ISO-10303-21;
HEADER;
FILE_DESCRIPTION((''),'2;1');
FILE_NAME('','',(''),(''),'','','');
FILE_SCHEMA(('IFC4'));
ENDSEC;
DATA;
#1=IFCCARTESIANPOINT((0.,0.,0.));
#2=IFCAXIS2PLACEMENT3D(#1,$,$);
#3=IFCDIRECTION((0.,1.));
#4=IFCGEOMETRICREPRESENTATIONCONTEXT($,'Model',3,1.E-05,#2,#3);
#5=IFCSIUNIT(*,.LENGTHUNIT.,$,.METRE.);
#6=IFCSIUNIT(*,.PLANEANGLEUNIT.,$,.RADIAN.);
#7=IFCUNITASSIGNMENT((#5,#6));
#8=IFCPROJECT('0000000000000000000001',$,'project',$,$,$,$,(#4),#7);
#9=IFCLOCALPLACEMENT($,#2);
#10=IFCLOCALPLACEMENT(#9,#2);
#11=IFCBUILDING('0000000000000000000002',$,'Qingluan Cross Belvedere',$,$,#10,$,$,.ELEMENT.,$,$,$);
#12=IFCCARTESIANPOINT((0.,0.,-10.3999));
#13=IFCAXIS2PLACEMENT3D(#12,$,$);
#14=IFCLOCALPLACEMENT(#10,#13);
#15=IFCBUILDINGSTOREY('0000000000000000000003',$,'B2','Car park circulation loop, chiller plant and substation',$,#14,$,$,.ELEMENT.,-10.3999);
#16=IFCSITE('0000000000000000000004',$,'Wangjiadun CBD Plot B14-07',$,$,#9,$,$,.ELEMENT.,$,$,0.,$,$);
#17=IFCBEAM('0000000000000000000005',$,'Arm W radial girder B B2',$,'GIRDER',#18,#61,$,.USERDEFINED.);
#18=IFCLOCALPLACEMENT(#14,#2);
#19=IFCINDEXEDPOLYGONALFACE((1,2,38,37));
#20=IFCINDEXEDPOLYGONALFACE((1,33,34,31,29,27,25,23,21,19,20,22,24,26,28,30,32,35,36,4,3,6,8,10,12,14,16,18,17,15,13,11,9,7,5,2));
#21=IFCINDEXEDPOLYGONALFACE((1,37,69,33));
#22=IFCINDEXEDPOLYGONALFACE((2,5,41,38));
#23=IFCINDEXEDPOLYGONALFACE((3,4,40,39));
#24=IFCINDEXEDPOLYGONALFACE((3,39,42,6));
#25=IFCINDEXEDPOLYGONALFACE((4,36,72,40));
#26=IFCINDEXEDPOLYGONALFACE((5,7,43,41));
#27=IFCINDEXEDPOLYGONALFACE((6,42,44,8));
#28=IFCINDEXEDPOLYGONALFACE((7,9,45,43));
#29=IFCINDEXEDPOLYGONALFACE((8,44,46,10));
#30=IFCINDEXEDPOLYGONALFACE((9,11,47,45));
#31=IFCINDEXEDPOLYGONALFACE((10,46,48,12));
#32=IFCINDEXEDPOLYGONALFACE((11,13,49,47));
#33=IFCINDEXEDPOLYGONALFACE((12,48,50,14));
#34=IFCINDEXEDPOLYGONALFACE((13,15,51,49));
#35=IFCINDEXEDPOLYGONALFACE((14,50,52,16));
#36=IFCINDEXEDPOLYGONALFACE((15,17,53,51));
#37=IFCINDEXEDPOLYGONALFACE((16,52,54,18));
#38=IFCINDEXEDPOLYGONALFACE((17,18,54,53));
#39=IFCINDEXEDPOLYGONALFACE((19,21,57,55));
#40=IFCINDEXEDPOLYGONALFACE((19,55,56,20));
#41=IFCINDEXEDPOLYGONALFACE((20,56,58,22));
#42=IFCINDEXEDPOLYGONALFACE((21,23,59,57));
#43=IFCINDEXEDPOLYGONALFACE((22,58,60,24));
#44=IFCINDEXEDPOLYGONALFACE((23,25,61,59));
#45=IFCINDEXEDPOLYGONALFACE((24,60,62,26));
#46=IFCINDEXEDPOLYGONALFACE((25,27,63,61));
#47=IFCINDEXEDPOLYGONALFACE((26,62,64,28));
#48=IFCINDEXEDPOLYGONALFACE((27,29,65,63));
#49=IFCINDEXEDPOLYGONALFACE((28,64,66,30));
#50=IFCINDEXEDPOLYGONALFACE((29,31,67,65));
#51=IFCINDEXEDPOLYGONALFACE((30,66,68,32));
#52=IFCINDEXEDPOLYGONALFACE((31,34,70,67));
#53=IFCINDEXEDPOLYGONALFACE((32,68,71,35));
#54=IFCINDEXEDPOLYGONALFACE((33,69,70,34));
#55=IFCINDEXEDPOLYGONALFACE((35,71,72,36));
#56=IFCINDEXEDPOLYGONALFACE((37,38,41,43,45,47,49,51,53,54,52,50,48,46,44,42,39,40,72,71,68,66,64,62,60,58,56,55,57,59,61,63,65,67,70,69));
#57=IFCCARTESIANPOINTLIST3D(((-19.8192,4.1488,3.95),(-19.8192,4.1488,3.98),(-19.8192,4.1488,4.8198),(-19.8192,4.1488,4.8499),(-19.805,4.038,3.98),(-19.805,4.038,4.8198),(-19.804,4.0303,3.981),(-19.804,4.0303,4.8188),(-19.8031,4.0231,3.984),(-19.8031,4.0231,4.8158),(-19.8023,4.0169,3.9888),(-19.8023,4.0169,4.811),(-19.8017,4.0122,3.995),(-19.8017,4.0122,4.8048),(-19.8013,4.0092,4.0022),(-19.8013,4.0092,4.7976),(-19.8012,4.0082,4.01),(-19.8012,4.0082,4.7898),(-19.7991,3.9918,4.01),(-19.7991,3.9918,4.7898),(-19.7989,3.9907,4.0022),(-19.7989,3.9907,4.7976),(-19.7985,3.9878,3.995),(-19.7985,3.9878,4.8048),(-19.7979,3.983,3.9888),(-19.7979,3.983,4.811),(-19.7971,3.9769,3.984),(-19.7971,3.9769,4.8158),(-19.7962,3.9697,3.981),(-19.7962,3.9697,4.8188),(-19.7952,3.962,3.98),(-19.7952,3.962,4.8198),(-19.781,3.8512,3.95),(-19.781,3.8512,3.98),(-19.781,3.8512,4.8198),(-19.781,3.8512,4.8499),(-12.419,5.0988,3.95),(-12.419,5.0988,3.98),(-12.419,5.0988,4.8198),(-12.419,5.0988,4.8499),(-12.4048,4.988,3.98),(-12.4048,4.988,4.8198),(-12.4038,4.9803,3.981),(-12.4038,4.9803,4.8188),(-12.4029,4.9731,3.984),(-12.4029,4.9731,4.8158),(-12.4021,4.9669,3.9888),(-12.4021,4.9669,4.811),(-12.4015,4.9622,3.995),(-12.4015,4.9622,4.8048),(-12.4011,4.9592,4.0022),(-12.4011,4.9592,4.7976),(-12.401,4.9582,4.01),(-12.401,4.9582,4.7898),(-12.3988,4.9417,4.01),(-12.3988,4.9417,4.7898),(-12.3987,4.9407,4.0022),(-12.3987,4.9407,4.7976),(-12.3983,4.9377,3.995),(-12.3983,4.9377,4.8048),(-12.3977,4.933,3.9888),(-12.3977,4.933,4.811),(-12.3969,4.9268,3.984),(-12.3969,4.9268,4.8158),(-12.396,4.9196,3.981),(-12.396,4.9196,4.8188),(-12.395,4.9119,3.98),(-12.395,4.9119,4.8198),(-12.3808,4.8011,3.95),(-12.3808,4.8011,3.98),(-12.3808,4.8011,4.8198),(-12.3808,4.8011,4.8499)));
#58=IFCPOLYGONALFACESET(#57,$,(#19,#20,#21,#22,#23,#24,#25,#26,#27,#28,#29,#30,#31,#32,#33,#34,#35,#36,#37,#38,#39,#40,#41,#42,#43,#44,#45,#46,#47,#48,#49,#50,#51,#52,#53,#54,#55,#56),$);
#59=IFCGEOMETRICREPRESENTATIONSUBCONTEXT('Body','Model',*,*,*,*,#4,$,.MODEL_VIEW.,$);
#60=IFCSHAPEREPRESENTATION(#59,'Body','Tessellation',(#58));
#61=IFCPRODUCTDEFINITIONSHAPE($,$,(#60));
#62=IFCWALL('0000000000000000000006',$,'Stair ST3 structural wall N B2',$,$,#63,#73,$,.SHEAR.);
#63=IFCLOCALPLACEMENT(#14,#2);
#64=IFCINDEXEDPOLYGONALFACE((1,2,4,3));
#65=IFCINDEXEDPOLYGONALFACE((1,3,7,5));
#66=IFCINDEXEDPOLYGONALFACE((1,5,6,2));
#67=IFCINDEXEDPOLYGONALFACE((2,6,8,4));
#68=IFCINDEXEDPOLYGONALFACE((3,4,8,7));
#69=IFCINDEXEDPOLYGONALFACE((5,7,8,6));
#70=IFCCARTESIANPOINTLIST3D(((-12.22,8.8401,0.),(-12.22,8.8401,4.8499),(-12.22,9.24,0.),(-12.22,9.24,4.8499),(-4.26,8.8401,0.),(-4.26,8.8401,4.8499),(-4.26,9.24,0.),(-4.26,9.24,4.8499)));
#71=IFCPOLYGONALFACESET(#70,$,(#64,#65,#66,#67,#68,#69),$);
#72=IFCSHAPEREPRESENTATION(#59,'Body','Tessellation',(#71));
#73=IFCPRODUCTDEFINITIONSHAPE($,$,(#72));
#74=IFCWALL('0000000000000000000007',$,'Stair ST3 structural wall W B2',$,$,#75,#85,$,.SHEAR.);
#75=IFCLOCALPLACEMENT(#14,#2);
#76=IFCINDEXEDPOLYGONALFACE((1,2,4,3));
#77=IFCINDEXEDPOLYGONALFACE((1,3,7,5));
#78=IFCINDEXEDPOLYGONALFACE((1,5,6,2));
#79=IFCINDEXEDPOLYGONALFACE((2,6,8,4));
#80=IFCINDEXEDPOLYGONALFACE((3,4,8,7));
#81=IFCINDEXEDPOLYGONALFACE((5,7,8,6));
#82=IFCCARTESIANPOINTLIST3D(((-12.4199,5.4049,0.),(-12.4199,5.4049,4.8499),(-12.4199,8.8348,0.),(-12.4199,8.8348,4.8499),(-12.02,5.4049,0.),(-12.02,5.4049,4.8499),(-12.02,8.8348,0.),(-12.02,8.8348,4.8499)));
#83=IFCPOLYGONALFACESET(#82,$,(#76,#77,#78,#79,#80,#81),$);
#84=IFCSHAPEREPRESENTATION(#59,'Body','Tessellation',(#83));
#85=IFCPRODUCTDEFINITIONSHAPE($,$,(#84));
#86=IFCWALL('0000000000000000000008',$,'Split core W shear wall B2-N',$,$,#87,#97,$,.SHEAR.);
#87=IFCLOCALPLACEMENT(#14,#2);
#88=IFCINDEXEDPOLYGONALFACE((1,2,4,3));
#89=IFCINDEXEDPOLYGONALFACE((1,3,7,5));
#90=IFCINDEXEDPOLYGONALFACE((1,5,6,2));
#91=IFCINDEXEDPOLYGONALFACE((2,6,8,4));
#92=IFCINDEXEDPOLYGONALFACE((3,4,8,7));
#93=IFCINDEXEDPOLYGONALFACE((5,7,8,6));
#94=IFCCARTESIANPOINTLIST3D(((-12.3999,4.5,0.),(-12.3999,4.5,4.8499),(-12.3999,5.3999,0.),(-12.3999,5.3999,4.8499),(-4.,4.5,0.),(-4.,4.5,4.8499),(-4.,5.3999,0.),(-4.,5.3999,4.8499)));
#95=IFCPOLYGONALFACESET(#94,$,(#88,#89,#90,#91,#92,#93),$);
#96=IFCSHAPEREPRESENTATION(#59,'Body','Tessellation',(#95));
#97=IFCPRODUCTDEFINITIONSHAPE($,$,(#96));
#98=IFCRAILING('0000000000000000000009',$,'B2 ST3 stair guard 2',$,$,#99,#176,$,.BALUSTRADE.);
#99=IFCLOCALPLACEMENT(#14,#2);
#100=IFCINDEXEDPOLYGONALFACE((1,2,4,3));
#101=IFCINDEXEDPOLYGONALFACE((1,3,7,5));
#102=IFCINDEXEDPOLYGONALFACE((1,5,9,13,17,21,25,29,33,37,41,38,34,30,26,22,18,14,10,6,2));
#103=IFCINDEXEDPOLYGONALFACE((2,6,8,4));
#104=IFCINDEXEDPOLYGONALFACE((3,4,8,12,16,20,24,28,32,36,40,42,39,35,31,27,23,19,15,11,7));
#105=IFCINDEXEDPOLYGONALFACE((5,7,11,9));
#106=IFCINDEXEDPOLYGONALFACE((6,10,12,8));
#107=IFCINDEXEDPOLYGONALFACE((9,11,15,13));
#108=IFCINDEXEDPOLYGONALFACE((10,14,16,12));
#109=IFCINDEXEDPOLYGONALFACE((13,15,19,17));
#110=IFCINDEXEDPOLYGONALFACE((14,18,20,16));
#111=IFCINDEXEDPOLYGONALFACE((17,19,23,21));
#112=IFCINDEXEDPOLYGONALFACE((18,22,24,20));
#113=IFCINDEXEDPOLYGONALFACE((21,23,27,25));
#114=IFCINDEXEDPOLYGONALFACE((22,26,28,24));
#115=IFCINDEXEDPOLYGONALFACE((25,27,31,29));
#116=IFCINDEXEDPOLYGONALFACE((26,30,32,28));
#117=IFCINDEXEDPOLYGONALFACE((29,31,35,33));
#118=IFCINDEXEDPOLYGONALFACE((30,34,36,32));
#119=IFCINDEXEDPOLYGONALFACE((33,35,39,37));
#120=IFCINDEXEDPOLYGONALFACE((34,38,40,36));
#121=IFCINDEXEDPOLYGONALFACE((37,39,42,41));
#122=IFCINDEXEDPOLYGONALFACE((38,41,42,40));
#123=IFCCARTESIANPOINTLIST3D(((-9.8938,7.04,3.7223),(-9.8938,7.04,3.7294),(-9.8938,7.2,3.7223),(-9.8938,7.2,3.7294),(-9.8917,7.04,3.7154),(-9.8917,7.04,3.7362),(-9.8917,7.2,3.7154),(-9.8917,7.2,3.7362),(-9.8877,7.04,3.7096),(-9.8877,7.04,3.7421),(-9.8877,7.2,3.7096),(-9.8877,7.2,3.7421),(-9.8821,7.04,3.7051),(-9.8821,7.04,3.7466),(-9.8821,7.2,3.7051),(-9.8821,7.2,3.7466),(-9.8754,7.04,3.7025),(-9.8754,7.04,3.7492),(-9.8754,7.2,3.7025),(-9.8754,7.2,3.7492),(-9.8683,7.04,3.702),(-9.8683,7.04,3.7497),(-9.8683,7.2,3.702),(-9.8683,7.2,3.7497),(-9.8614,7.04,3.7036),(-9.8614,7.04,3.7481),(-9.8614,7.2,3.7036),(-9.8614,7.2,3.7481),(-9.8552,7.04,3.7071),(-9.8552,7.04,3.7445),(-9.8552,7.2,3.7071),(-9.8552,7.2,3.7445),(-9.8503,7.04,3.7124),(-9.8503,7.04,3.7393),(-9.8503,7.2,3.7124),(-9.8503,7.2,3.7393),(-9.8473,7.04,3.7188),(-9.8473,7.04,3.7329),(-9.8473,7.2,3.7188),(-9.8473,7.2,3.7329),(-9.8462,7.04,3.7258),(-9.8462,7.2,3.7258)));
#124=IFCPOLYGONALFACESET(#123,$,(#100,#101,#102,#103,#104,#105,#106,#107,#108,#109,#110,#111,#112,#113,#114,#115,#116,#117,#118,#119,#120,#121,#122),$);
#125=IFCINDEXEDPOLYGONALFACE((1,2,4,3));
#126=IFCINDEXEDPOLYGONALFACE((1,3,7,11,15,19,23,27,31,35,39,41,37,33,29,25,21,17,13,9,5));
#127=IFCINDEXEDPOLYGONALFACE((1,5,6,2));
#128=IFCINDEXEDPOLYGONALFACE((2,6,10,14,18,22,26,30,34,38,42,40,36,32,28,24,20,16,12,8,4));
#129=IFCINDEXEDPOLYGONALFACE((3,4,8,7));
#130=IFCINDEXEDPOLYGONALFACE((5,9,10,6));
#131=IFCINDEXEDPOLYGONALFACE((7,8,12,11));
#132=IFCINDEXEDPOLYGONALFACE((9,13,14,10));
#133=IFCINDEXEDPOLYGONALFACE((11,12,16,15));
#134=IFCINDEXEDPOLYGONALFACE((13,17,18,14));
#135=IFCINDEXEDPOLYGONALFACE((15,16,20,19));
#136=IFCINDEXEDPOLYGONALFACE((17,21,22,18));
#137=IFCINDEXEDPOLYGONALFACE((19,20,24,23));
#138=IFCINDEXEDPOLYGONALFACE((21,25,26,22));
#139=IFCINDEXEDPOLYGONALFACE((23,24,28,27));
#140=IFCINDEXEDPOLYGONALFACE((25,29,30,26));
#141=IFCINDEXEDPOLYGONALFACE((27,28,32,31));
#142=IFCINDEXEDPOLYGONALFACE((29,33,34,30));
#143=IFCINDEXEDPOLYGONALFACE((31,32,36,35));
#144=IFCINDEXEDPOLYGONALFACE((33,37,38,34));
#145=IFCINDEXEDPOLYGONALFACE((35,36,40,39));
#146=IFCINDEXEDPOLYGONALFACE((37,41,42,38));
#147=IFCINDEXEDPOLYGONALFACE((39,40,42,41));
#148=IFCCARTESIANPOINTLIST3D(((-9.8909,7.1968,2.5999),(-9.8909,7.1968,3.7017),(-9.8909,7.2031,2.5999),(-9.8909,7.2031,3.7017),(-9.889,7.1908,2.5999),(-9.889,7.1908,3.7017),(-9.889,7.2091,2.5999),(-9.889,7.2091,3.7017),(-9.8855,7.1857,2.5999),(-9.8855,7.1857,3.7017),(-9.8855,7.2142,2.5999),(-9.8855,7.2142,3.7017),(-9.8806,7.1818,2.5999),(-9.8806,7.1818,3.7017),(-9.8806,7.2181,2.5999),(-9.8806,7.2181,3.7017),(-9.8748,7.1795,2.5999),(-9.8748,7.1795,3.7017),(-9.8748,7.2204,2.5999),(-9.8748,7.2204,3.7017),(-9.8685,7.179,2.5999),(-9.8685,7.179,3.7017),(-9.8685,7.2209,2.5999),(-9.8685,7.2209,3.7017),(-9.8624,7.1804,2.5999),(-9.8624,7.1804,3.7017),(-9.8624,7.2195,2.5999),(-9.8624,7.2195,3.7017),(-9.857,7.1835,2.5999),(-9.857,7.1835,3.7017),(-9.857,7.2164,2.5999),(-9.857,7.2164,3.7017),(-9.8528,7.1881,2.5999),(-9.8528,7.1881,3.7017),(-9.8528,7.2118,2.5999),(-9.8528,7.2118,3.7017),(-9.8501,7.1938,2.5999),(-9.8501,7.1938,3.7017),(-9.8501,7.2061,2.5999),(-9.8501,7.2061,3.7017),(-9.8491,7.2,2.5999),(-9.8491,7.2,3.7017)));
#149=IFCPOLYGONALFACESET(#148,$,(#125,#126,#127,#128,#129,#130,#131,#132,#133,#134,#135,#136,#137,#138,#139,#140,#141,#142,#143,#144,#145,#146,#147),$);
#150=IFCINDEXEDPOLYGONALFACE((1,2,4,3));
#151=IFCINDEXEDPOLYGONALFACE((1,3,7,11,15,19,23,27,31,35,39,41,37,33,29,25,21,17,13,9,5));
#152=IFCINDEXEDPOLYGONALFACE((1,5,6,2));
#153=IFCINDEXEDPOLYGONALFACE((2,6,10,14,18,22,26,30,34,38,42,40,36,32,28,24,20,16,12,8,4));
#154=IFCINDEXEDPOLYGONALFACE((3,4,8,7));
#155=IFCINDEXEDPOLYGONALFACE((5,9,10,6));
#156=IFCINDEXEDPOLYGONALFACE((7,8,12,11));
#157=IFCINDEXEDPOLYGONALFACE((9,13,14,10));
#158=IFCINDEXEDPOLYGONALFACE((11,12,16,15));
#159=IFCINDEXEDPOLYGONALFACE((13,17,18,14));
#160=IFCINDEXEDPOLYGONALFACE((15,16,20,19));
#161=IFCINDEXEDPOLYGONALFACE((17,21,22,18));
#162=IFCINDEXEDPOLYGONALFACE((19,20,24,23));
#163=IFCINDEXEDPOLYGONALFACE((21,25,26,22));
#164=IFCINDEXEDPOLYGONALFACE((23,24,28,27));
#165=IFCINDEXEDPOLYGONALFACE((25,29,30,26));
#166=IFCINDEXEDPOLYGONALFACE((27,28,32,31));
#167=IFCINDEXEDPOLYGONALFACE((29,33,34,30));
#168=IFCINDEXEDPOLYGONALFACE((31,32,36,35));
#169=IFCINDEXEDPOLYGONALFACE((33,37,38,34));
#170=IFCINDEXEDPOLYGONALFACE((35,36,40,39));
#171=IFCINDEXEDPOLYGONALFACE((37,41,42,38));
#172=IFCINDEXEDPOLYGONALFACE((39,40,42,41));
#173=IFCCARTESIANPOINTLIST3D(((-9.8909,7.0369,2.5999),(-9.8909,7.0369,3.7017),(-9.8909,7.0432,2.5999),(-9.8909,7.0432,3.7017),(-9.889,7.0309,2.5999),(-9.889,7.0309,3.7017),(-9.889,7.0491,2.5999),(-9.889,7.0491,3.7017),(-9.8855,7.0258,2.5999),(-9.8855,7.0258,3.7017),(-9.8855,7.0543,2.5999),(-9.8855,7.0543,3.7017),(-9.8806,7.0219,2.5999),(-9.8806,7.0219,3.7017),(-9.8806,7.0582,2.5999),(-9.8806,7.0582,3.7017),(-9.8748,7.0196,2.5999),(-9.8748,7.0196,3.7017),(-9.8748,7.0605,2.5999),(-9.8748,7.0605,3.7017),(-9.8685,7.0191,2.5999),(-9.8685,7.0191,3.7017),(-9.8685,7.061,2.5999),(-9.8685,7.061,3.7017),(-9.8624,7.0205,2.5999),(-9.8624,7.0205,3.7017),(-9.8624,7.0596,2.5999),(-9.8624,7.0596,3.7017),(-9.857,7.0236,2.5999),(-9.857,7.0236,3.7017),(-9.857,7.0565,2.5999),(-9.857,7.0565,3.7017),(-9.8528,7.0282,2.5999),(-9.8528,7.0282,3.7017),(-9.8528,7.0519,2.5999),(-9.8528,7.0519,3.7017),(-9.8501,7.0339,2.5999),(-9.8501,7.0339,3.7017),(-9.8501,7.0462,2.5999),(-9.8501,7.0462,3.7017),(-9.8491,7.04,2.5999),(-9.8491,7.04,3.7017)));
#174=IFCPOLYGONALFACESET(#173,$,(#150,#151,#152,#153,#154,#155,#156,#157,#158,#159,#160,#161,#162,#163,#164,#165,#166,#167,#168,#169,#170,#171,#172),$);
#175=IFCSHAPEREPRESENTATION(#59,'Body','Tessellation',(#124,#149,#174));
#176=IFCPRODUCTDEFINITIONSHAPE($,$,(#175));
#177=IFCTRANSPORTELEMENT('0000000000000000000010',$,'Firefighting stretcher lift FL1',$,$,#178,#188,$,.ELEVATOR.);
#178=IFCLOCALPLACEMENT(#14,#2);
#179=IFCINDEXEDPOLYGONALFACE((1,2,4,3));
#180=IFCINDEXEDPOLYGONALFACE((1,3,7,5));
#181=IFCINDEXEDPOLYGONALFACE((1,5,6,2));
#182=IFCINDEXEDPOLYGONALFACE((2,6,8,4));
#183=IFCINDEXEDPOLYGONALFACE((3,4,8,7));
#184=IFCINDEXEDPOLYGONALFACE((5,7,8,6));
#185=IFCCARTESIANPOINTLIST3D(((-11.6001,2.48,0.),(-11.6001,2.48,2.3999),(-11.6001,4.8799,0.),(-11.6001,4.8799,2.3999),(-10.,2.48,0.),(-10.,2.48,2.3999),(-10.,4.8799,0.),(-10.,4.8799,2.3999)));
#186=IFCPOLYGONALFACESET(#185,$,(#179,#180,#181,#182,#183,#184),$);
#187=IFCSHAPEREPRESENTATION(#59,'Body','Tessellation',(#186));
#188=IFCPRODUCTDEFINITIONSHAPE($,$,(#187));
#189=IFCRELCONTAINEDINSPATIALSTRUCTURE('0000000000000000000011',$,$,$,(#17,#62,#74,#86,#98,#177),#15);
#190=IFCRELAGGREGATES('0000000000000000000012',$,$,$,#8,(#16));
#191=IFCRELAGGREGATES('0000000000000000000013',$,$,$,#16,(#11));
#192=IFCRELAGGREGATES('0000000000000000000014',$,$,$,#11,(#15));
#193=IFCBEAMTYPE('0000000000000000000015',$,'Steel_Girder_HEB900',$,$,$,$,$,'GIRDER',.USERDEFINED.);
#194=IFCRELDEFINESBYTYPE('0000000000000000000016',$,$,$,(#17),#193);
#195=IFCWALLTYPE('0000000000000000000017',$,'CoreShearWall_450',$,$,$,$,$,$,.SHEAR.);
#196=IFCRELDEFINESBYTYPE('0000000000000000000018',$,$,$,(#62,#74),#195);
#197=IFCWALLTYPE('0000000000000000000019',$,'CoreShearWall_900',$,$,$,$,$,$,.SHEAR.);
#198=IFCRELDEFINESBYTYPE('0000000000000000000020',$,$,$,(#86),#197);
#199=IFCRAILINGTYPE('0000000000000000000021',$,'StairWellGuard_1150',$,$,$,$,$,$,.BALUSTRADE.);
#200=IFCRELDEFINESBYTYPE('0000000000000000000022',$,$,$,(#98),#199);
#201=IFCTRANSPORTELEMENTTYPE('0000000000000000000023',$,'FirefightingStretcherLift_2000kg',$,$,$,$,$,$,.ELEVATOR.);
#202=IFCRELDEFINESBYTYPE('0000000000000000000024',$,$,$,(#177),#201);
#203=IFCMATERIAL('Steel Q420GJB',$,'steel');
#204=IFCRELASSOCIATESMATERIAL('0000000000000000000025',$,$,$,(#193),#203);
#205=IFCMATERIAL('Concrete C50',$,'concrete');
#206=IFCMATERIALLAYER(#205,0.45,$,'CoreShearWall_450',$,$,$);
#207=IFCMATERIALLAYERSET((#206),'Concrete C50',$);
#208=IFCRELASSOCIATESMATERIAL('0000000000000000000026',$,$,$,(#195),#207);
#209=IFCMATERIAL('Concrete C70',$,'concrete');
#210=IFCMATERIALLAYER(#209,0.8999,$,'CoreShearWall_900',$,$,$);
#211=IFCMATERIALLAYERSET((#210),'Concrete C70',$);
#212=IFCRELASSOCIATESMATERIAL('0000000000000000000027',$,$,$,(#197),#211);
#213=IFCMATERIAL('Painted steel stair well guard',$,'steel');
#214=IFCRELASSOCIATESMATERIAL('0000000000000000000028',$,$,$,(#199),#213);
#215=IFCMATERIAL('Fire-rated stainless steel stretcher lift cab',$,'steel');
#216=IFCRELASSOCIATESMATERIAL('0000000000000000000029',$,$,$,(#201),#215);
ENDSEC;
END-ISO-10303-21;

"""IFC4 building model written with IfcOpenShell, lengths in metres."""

from ifc_helpers import new_model, si_unit, direction, frame, frame_2d, origin, origin_2d, place, context, subcontext, project, spatial, rectangle, circle, i_section, extrude, material, layer, layer_set, material_profile, profile_set, type_object, element, save


model = new_model("IFC4")

# Units and contexts
model_context = context("Model", 3, precision=1e-05, world=origin(), true_north=direction((0.0, 1.0)))
body_context = subcontext(model_context, "Body", "Model", "MODEL_VIEW")
ifc_project = project(units=[si_unit("LENGTHUNIT", "METRE"), si_unit("PLANEANGLEUNIT", "RADIAN")], contexts=[model_context])

# Site, building, storey
site_placement = place(None, origin())
site = spatial("IfcSite", under=ifc_project, at=site_placement, Name="Wangjiadun CBD Plot B14-07", CompositionType="ELEMENT", RefElevation=0.0)
building_placement = place(site_placement, origin())
building = spatial("IfcBuilding", under=site, at=building_placement, Name="Qingluan Cross Belvedere", CompositionType="ELEMENT")
storey_placement = place(building_placement, frame((0.0, 0.0, -10.3999)))
storey = spatial("IfcBuildingStorey", under=building, at=storey_placement, Name="B2", Description="Car park circulation loop, chiller plant and substation", CompositionType="ELEMENT", Elevation=-10.3999)

# Beam
ifc_material_1 = material(Name="Steel Q420GJB", Category="steel")
ifc_material_profile_1 = material_profile(ifc_material_1, i_section(OverallWidth=0.3, OverallDepth=0.8999, WebThickness=0.0166, FlangeThickness=0.03, FilletRadius=0.03, at=origin_2d()), Name="HEB900")
ifc_profile_set_1 = profile_set([ifc_material_profile_1], Name="Steel Q420GJB")
beam_type_1 = type_object("IfcBeamType", Name="Steel_Girder_HEB900", ElementType="GIRDER", PredefinedType="USERDEFINED", material=ifc_profile_set_1)
beam_1_placement = place(storey_placement, frame((-12.3999, 4.95, 4.3999), z_axis=(-0.991861, -0.127324, 0.0), x_axis=(0.127324, -0.991861, 0.0)))
element("IfcBeam", 1, at=beam_1_placement, inside=storey, type_object=beam_type_1, Name="Arm W radial girder B B2", ObjectType="GIRDER", PredefinedType="USERDEFINED", context=body_context, shape_type="SweptSolid", body=[
    extrude(i_section(OverallWidth=0.3, OverallDepth=0.8999, WebThickness=0.0166, FlangeThickness=0.03, FilletRadius=0.03, at=origin_2d()), origin(), (0.0, 0.0, 1.0), 7.4609),
])

# Walls
ifc_material_2 = material(Name="Concrete C50", Category="concrete")
ifc_layer_1 = layer(ifc_material_2, 0.45, Name="CoreShearWall_450")
ifc_layer_set_1 = layer_set([ifc_layer_1], Name="Concrete C50")
wall_type_1 = type_object("IfcWallType", Name="CoreShearWall_450", PredefinedType="SHEAR", material=ifc_layer_set_1)
wall_1_placement = place(storey_placement, frame((-12.22, 9.04, 0.0), z_axis=(0.0, 0.0, 1.0), x_axis=(1.0, 0.0, 0.0)))
element("IfcWall", 2, at=wall_1_placement, inside=storey, type_object=wall_type_1, Name="Stair ST3 structural wall N B2", PredefinedType="SHEAR", context=body_context, shape_type="SweptSolid", body=[
    extrude(rectangle(XDim=7.96, YDim=0.3999, at=frame_2d((3.98, 0.0))), origin(), (0.0, 0.0, 1.0), 4.8499),
])
wall_2_placement = place(storey_placement, frame((-12.22, 5.405, 0.0), z_axis=(0.0, 0.0, 1.0), x_axis=(0.0, 1.0, 0.0)))
element("IfcWall", 3, at=wall_2_placement, inside=storey, type_object=wall_type_1, Name="Stair ST3 structural wall W B2", PredefinedType="SHEAR", context=body_context, shape_type="SweptSolid", body=[
    extrude(rectangle(XDim=3.4299, YDim=0.3999, at=frame_2d((1.7148, 0.0))), origin(), (0.0, 0.0, 1.0), 4.8499),
])
ifc_material_3 = material(Name="Concrete C70", Category="concrete")
ifc_layer_2 = layer(ifc_material_3, 0.8999, Name="CoreShearWall_900")
ifc_layer_set_2 = layer_set([ifc_layer_2], Name="Concrete C70")
wall_type_2 = type_object("IfcWallType", Name="CoreShearWall_900", PredefinedType="SHEAR", material=ifc_layer_set_2)
wall_3_placement = place(storey_placement, frame((-12.3999, 4.95, 0.0), z_axis=(0.0, 0.0, 1.0), x_axis=(1.0, 0.0, 0.0)))
element("IfcWall", 4, at=wall_3_placement, inside=storey, type_object=wall_type_2, Name="Split core W shear wall B2-N", PredefinedType="SHEAR", context=body_context, shape_type="SweptSolid", body=[
    extrude(rectangle(XDim=8.3999, YDim=0.8999, at=frame_2d((4.2, 0.0))), origin(), (0.0, 0.0, 1.0), 4.8499),
])

# Railing
ifc_material_4 = material(Name="Painted steel stair well guard", Category="steel")
railing_type = type_object("IfcRailingType", Name="StairWellGuard_1150", PredefinedType="BALUSTRADE", material=ifc_material_4)
railing_placement = place(storey_placement, frame((-9.8701, 7.2, 2.5999)))
element("IfcRailing", 5, at=railing_placement, inside=storey, type_object=railing_type, Name="B2 ST3 stair guard 2", PredefinedType="BALUSTRADE", context=body_context, shape_type="SweptSolid", body=[
    extrude(circle(Radius=0.0239, at=origin_2d()), frame((0.0, 0.0, 1.126), z_axis=(0.0, -1.0, 0.0), x_axis=(1.0, 0.0, 0.0)), (0.0, 0.0, 1.0), 0.1599),
    extrude(circle(Radius=0.021, at=origin_2d()), origin(), (0.0, 0.0, 1.0), 1.1018),
    extrude(circle(Radius=0.021, at=origin_2d()), frame((0.0, -0.1599, 0.0)), (0.0, 0.0, 1.0), 1.1018),
])

# Transport element
ifc_material_5 = material(Name="Fire-rated stainless steel stretcher lift cab", Category="steel")
transport_element_type = type_object("IfcTransportElementType", Name="FirefightingStretcherLift_2000kg", PredefinedType="ELEVATOR", material=ifc_material_5)
transport_element_placement = place(storey_placement, frame((-10.8, 3.6799, 0.0), z_axis=(0.0, 0.0, 1.0), x_axis=(1.0, 0.0, 0.0)))
element("IfcTransportElement", 6, at=transport_element_placement, inside=storey, type_object=transport_element_type, Name="Firefighting stretcher lift FL1", PredefinedType="ELEVATOR", context=body_context, shape_type="SweptSolid", body=[
    extrude(rectangle(XDim=1.6001, YDim=2.3999, at=origin_2d()), origin(), (0.0, 0.0, 1.0), 2.3999),
])

save(model, "model.ifc")
